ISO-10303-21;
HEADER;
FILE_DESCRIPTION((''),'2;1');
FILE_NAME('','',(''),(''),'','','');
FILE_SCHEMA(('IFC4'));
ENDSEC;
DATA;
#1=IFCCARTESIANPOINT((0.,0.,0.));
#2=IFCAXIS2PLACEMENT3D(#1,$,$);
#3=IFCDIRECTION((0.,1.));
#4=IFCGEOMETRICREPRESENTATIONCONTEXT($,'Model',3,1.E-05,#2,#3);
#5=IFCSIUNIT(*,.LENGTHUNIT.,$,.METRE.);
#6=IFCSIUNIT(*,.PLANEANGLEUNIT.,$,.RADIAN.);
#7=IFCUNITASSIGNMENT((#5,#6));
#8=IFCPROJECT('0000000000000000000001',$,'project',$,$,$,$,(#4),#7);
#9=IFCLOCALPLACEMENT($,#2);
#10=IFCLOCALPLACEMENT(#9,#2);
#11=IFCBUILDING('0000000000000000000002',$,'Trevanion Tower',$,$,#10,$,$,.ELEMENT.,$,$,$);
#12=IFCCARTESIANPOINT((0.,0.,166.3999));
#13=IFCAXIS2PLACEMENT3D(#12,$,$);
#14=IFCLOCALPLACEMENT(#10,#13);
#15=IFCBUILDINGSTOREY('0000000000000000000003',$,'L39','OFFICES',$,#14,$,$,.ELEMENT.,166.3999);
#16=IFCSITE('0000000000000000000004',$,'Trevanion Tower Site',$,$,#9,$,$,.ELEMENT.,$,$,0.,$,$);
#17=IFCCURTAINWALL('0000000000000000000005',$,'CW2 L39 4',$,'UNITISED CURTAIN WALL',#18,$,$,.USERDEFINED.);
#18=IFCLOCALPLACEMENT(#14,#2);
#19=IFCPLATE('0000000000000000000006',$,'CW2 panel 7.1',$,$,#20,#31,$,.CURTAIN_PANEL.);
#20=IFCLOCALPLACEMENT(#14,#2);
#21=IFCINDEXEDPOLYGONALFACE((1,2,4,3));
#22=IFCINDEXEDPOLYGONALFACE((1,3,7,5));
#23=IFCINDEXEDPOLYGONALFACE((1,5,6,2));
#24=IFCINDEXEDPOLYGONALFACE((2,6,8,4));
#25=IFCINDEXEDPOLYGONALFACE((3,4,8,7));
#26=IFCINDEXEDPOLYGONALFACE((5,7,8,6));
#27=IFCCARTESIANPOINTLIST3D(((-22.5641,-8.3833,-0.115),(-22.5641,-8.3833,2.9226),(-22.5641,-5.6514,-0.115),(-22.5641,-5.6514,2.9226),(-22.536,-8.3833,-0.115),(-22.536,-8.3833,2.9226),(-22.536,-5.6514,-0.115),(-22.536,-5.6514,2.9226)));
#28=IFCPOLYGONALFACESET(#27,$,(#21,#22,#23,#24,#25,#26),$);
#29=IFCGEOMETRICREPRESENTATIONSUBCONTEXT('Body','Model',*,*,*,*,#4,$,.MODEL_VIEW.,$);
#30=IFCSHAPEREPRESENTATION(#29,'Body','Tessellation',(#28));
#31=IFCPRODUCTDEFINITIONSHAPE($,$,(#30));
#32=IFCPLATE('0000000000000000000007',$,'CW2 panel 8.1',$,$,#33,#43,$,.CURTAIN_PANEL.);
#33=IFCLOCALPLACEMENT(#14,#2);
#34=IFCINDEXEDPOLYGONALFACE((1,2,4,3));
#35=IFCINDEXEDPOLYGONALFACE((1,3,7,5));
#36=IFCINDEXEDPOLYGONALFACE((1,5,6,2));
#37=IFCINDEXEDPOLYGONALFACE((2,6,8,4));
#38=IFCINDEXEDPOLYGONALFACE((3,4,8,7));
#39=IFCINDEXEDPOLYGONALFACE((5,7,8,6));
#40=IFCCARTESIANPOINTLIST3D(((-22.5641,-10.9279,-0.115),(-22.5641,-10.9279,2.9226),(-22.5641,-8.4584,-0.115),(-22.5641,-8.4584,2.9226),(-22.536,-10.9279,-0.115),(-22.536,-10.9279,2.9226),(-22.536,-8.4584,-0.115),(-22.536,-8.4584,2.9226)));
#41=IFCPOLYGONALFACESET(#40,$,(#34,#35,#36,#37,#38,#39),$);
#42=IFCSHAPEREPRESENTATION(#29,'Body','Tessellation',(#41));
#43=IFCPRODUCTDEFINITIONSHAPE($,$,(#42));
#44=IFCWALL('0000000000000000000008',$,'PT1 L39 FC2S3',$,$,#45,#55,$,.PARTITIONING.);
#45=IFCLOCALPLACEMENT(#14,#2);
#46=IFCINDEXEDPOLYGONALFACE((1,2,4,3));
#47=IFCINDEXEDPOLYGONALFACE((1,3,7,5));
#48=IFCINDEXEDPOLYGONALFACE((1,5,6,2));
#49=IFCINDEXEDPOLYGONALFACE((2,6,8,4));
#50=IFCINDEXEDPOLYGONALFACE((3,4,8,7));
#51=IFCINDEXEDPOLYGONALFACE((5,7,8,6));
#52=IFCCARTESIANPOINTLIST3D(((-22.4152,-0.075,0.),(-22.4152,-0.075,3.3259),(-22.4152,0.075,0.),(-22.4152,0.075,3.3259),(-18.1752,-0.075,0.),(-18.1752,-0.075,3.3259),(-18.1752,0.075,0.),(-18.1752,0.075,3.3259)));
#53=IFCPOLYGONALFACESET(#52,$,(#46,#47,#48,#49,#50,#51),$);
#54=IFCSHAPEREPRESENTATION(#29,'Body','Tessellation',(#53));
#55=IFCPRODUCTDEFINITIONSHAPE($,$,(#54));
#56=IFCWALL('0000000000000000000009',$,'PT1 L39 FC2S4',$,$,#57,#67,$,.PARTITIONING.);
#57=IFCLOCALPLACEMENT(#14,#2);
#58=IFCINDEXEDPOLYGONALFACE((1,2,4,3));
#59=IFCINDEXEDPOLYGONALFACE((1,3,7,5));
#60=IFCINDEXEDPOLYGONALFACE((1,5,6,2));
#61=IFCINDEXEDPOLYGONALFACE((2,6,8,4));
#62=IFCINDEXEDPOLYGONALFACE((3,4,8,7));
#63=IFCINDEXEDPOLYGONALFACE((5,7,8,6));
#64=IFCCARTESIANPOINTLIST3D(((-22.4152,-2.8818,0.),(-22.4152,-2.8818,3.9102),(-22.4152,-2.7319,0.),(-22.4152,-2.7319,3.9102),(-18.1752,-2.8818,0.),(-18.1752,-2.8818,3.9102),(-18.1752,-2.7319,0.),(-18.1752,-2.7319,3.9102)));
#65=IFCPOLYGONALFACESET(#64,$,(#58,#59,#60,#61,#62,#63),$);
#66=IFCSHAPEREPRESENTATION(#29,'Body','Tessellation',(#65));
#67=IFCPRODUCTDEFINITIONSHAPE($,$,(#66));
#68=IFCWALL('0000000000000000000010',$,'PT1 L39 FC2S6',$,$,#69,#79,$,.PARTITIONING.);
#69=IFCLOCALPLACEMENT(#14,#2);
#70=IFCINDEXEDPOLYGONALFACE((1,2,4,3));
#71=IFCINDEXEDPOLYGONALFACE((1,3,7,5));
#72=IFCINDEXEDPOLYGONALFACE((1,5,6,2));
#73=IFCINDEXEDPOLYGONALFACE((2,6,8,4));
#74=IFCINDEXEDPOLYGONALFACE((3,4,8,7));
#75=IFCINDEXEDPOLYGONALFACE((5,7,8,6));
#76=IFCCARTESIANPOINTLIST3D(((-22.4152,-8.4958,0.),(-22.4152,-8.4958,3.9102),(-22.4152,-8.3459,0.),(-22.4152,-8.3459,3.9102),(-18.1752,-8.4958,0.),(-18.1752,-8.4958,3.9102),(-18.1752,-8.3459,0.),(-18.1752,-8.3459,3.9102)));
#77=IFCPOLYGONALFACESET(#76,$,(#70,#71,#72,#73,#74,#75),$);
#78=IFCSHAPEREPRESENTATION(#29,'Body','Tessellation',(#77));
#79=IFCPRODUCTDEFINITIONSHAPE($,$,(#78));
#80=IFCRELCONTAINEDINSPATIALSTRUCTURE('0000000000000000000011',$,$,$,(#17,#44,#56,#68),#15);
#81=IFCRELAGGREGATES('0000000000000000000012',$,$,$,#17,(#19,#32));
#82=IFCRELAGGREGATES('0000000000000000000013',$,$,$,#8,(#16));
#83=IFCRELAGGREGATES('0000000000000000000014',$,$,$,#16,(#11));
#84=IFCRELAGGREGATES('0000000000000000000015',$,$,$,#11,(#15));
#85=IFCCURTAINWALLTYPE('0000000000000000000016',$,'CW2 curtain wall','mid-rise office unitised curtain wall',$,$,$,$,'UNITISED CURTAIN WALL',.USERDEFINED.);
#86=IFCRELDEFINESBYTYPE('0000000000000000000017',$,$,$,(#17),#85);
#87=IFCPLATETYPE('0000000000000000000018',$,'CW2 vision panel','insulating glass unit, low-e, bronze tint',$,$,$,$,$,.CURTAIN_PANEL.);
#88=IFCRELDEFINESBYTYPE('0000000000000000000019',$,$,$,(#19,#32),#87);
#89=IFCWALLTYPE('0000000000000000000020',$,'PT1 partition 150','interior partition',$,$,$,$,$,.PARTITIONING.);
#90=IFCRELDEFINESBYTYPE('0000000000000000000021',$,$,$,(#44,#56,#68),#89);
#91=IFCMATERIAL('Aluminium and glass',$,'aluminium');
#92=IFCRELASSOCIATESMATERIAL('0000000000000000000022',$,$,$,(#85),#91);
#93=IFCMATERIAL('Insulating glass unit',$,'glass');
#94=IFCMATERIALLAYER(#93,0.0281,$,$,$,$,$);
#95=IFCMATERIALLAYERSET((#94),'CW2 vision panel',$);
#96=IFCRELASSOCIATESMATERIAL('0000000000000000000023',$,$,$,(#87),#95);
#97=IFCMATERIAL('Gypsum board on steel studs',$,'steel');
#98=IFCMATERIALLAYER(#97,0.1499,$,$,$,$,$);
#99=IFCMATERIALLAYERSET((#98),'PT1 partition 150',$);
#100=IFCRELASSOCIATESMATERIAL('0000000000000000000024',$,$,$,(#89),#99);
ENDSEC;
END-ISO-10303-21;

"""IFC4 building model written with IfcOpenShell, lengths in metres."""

from ifc_helpers import new_model, si_unit, direction, frame, frame_2d, origin, origin_2d, place, context, subcontext, project, spatial, rectangle, extrude, material, layer, layer_set, type_object, element, aggregate, save


model = new_model("IFC4")

# Units and contexts
model_context = context("Model", 3, precision=1e-05, world=origin(), true_north=direction((0.0, 1.0)))
body_context = subcontext(model_context, "Body", "Model", "MODEL_VIEW")
ifc_project = project(units=[si_unit("LENGTHUNIT", "METRE"), si_unit("PLANEANGLEUNIT", "RADIAN")], contexts=[model_context])

# Site, building, storey
site_placement = place(None, origin())
site = spatial("IfcSite", under=ifc_project, at=site_placement, Name="Trevanion Tower Site", CompositionType="ELEMENT", RefElevation=0.0)
building_placement = place(site_placement, origin())
building = spatial("IfcBuilding", under=site, at=building_placement, Name="Trevanion Tower", CompositionType="ELEMENT")
storey_placement = place(building_placement, frame((0.0, 0.0, 166.3999)))
storey = spatial("IfcBuildingStorey", under=building, at=storey_placement, Name="L39", Description="OFFICES", CompositionType="ELEMENT", Elevation=166.3999)

# Curtain wall
ifc_material_1 = material(Name="Aluminium and glass", Category="aluminium")
curtain_wall_type = type_object("IfcCurtainWallType", Name="CW2 curtain wall", Description="mid-rise office unitised curtain wall", ElementType="UNITISED CURTAIN WALL", PredefinedType="USERDEFINED", material=ifc_material_1)
curtain_wall_1_placement = place(storey_placement, origin())
curtain_wall_1 = element("IfcCurtainWall", 1, at=curtain_wall_1_placement, inside=storey, type_object=curtain_wall_type, Name="CW2 L39 4", ObjectType="UNITISED CURTAIN WALL", PredefinedType="USERDEFINED")

# Plates
ifc_material_2 = material(Name="Insulating glass unit", Category="glass")
ifc_layer_1 = layer(ifc_material_2, 0.0281)
ifc_layer_set_1 = layer_set([ifc_layer_1], Name="CW2 vision panel")
plate_type_1 = type_object("IfcPlateType", Name="CW2 vision panel", Description="insulating glass unit, low-e, bronze tint", PredefinedType="CURTAIN_PANEL", material=ifc_layer_set_1)
plate_1_placement = place(storey_placement, frame((-22.55, -7.0173, -0.115), z_axis=(0.0, 0.0, 1.0), x_axis=(0.0, -1.0, 0.0)))
plate_1 = element("IfcPlate", 2, at=plate_1_placement, type_object=plate_type_1, Name="CW2 panel 7.1", PredefinedType="CURTAIN_PANEL", context=body_context, shape_type="SweptSolid", body=[
    extrude(rectangle(XDim=2.7319, YDim=0.0281, at=origin_2d()), origin(), (0.0, 0.0, 1.0), 3.0376),
])
plate_2_placement = place(storey_placement, frame((-22.55, -9.6931, -0.115), z_axis=(0.0, 0.0, 1.0), x_axis=(0.0, -1.0, 0.0)))
plate_2 = element("IfcPlate", 3, at=plate_2_placement, type_object=plate_type_1, Name="CW2 panel 8.1", PredefinedType="CURTAIN_PANEL", context=body_context, shape_type="SweptSolid", body=[
    extrude(rectangle(XDim=2.4695, YDim=0.0281, at=origin_2d()), origin(), (0.0, 0.0, 1.0), 3.0376),
])
aggregate(curtain_wall_1, [plate_1, plate_2])

# Walls
ifc_material_3 = material(Name="Gypsum board on steel studs", Category="steel")
ifc_layer_2 = layer(ifc_material_3, 0.1499)
ifc_layer_set_2 = layer_set([ifc_layer_2], Name="PT1 partition 150")
wall_type = type_object("IfcWallType", Name="PT1 partition 150", Description="interior partition", PredefinedType="PARTITIONING", material=ifc_layer_set_2)
wall_placement = place(storey_placement, frame((-18.175, 0.0, 0.0), z_axis=(0.0, 0.0, 1.0), x_axis=(-1.0, 0.0, 0.0)))
element("IfcWall", 4, at=wall_placement, inside=storey, type_object=wall_type, Name="PT1 L39 FC2S3", PredefinedType="PARTITIONING", context=body_context, shape_type="SweptSolid", body=[
    extrude(rectangle(XDim=4.24, YDim=0.1499, at=frame_2d((2.1201, 0.0))), origin(), (0.0, 0.0, 1.0), 3.3259),
])
for number, where, z_axis, x_axis, name in (
    (5, (-18.175, -2.8069, 0.0), (0.0, 0.0, 1.0), (-1.0, 0.0, 0.0), "PT1 L39 FC2S4"),
    (6, (-18.175, -8.4209, 0.0), (0.0, 0.0, 1.0), (-1.0, 0.0, 0.0), "PT1 L39 FC2S6"),
):
    element("IfcWall", number, at=place(storey_placement, frame(where, z_axis=z_axis, x_axis=x_axis)), inside=storey, type_object=wall_type, Name=name, PredefinedType="PARTITIONING", context=body_context, shape_type="SweptSolid", body=[
        extrude(rectangle(XDim=4.24, YDim=0.1499, at=frame_2d((2.1201, 0.0))), origin(), (0.0, 0.0, 1.0), 3.9102),
    ])

save(model, "model.ifc")
